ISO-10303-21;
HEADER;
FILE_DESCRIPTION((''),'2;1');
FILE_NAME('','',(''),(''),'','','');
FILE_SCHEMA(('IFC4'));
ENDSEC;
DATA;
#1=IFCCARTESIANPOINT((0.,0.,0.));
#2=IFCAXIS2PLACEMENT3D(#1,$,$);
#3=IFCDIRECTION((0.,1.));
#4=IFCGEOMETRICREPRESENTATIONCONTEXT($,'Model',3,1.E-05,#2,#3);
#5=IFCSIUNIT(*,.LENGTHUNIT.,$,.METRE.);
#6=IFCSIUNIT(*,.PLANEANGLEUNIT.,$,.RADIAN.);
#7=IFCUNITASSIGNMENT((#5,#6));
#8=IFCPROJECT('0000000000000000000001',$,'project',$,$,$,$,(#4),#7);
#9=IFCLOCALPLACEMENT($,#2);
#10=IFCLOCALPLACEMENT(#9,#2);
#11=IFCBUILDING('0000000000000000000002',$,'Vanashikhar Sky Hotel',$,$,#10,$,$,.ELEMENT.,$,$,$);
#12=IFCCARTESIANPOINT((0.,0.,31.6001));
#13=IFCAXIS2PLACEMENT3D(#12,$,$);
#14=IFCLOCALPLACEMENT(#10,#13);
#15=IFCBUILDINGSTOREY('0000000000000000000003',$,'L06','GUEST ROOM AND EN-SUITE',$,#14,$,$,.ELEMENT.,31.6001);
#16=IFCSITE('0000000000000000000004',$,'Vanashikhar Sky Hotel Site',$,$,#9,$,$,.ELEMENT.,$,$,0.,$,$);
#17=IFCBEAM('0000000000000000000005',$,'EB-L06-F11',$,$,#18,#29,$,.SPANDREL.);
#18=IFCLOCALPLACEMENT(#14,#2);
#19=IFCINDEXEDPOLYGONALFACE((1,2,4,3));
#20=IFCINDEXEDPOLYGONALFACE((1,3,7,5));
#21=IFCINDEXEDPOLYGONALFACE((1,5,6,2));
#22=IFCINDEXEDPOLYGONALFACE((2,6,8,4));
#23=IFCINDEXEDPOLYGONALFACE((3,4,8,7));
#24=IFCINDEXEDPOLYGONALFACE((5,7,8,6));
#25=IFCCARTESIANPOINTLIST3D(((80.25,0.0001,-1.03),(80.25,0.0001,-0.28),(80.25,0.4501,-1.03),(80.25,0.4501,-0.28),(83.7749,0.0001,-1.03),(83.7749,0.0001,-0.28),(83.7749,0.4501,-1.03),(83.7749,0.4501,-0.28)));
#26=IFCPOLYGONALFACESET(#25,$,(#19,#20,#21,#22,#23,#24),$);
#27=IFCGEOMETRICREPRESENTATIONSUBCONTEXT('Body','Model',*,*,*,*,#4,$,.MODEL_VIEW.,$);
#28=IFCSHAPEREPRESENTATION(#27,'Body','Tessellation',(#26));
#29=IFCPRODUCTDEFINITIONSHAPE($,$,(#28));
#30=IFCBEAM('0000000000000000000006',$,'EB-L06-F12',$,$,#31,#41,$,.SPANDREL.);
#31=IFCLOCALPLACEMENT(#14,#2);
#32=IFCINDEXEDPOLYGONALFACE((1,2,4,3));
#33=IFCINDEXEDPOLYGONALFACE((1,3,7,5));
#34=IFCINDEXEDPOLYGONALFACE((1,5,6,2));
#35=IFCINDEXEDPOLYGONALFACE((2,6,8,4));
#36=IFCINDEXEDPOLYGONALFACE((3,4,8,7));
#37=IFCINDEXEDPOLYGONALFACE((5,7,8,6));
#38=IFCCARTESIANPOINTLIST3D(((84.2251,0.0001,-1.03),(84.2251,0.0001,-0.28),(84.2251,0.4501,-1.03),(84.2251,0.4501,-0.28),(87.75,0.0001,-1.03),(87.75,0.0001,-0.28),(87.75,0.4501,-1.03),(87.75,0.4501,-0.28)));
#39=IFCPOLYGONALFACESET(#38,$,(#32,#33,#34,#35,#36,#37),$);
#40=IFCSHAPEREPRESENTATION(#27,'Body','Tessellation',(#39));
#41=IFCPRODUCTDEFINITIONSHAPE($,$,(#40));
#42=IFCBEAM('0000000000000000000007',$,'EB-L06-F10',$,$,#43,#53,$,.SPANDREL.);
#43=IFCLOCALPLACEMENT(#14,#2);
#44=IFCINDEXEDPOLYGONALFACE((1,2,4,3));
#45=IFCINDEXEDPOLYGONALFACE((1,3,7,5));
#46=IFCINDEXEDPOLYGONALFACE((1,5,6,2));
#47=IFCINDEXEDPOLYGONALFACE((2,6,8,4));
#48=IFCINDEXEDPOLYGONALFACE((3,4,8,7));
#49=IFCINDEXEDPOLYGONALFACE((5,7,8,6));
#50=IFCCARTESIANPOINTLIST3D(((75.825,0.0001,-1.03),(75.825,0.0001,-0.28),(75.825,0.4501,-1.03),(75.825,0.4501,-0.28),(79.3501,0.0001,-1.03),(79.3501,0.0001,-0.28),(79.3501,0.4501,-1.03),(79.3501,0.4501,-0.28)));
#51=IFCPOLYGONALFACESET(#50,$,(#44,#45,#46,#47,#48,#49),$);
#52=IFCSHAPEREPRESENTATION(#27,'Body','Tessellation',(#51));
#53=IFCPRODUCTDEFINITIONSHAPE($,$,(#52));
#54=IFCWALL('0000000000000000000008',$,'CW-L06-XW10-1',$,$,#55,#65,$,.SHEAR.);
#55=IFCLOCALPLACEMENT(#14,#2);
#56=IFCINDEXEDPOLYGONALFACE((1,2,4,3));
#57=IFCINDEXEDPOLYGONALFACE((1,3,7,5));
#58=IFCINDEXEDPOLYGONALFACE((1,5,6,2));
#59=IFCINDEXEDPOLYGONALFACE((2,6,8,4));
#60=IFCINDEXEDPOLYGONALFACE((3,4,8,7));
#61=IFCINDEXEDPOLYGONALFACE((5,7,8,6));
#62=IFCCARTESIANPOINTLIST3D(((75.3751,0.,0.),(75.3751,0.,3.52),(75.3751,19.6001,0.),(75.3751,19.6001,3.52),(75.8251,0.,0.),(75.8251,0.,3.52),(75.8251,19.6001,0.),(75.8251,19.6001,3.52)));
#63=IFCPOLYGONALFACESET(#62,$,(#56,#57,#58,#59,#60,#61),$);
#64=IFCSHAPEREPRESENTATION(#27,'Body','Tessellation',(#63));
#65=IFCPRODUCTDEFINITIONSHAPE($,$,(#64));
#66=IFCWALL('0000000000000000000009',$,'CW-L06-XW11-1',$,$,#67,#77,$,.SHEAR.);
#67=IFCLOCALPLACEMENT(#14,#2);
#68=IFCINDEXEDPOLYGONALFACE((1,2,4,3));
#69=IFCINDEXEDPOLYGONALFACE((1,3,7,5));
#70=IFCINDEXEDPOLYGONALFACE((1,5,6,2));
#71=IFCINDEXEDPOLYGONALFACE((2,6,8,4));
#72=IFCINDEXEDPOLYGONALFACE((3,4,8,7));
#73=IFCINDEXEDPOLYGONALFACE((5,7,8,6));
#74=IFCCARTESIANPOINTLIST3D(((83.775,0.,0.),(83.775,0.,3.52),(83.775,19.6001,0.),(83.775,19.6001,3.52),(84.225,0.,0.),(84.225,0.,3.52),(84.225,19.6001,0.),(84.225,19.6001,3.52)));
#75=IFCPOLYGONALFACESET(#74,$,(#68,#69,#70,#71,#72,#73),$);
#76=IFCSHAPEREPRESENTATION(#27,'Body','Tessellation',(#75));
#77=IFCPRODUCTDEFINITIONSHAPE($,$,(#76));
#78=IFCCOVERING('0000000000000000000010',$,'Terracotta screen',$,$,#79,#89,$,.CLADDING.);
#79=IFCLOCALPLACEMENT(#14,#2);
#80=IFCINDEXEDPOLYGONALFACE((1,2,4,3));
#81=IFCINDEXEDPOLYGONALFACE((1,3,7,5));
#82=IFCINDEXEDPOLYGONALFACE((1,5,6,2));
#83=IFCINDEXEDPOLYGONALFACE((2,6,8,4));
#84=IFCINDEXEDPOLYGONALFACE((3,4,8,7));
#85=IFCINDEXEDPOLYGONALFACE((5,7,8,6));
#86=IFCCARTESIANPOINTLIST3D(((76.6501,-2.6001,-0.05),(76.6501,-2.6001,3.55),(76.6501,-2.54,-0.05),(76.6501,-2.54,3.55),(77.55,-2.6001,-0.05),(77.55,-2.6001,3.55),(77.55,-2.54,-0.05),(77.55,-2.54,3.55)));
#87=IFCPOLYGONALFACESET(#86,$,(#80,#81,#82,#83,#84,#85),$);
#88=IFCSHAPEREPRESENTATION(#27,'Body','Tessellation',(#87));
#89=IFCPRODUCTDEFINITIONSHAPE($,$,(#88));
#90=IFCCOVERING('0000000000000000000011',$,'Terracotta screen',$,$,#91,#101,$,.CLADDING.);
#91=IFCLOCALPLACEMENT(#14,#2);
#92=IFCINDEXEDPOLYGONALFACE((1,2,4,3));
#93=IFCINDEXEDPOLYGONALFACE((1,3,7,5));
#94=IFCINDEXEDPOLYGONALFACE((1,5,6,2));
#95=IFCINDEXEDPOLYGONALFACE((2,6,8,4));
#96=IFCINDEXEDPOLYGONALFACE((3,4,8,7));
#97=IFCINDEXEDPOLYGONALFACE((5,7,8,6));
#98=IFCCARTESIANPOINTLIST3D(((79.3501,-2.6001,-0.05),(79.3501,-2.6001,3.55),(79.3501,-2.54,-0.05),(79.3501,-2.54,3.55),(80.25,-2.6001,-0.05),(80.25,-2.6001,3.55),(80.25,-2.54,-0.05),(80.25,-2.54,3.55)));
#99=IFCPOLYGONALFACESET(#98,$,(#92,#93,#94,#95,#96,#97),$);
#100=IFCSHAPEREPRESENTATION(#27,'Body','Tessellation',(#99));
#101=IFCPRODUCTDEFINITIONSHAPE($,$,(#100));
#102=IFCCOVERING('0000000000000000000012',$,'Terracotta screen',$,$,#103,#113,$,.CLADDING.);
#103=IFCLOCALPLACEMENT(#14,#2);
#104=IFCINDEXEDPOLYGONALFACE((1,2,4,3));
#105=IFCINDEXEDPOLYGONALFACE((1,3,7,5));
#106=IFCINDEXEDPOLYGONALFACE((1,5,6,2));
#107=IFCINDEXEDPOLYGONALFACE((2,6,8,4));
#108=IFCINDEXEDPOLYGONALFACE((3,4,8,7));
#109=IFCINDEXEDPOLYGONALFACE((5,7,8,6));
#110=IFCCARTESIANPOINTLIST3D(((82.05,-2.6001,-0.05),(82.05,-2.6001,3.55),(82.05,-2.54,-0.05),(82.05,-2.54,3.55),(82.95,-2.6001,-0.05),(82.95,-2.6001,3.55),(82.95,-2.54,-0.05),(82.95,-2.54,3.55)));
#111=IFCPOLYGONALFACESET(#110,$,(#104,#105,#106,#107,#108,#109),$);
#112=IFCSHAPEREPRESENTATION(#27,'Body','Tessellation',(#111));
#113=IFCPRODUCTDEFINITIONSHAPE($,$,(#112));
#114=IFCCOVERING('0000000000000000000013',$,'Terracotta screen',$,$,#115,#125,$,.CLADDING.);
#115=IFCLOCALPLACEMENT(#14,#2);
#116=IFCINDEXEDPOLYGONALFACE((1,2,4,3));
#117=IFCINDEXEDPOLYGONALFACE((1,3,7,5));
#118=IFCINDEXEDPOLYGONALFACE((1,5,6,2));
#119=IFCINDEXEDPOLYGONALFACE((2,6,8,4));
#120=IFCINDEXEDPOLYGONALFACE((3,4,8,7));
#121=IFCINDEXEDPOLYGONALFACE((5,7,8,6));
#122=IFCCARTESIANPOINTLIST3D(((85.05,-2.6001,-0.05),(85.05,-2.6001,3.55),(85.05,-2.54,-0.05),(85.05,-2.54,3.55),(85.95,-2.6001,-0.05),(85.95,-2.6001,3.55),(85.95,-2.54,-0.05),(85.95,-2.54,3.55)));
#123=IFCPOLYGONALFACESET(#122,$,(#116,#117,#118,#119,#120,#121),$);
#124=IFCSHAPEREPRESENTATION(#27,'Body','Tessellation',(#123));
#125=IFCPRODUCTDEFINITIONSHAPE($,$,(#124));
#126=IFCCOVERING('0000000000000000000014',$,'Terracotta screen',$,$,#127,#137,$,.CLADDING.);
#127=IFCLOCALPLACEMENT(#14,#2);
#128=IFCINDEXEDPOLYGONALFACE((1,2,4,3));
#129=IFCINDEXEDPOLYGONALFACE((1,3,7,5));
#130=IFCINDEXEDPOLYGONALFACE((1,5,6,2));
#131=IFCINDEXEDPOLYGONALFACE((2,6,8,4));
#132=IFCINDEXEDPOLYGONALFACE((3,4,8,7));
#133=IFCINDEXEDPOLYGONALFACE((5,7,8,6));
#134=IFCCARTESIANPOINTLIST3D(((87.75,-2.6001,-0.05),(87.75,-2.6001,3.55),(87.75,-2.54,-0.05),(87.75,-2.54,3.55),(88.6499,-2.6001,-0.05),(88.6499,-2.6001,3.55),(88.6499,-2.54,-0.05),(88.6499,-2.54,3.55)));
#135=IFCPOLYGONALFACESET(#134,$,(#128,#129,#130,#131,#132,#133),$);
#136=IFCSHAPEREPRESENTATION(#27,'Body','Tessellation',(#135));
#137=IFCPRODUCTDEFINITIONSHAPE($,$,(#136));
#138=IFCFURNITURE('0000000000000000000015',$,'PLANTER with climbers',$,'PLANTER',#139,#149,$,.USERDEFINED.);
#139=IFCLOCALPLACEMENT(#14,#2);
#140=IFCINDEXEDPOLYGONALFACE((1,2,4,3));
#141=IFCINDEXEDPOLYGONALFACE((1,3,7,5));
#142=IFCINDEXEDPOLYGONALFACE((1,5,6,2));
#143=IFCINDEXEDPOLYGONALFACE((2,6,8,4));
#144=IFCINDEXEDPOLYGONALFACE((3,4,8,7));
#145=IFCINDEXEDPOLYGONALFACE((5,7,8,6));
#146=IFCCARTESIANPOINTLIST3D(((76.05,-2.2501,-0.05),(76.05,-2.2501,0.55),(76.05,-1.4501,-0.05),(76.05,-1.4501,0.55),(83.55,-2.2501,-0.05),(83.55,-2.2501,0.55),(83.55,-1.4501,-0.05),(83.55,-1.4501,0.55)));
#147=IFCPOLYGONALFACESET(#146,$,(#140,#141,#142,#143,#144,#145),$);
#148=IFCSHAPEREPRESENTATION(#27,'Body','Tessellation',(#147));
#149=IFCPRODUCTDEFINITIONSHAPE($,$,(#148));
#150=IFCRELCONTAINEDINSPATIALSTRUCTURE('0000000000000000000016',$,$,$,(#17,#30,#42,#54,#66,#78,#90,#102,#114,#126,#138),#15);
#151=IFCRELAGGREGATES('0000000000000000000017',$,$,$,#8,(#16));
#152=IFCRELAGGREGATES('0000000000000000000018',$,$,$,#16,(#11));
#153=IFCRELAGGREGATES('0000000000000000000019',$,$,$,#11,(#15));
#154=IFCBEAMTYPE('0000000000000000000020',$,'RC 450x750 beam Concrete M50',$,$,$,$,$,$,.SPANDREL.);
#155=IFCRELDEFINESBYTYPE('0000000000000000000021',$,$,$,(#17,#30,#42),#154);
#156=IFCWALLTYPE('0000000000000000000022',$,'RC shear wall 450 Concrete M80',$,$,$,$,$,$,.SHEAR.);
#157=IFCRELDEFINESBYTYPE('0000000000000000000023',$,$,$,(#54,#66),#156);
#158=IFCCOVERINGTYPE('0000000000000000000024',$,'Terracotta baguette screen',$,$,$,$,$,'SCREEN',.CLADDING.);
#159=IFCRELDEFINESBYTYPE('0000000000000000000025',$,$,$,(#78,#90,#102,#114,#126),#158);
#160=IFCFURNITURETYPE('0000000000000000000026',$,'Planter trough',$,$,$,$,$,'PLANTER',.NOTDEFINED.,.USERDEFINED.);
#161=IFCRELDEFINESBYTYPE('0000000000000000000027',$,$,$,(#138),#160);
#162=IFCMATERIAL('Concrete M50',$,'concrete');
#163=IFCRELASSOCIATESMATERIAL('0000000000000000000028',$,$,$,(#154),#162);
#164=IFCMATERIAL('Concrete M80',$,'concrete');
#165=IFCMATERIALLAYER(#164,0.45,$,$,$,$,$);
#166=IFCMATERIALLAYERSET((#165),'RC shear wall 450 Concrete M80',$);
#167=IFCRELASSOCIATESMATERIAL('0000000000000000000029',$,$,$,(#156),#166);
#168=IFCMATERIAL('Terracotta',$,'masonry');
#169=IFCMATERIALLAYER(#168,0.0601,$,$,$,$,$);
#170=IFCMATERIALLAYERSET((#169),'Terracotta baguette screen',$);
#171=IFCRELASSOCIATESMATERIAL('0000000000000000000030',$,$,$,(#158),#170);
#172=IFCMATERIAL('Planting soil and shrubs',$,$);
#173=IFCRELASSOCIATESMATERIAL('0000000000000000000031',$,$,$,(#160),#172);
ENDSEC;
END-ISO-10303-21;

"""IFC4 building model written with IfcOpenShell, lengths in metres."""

from ifc_helpers import new_model, si_unit, direction, frame, frame_2d, origin, origin_2d, place, context, subcontext, project, spatial, rectangle, extrude, source, transform, mapped, material, layer, layer_set, material_profile, profile_set, type_object, element, save


model = new_model("IFC4")

# Units and contexts
model_context = context("Model", 3, precision=1e-05, world=origin(), true_north=direction((0.0, 1.0)))
body_context = subcontext(model_context, "Body", "Model", "MODEL_VIEW")
ifc_project = project(units=[si_unit("LENGTHUNIT", "METRE"), si_unit("PLANEANGLEUNIT", "RADIAN")], contexts=[model_context])

# Site, building, storey
site_placement = place(None, origin())
site = spatial("IfcSite", under=ifc_project, at=site_placement, Name="Vanashikhar Sky Hotel Site", CompositionType="ELEMENT", RefElevation=0.0)
building_placement = place(site_placement, origin())
building = spatial("IfcBuilding", under=site, at=building_placement, Name="Vanashikhar Sky Hotel", CompositionType="ELEMENT")
storey_placement = place(building_placement, frame((0.0, 0.0, 31.6001)))
storey = spatial("IfcBuildingStorey", under=building, at=storey_placement, Name="L06", Description="GUEST ROOM AND EN-SUITE", CompositionType="ELEMENT", Elevation=31.6001)

# Beams
ifc_material_1 = material(Name="Concrete M50", Category="concrete")
ifc_material_profile = material_profile(ifc_material_1, rectangle(XDim=0.45, YDim=0.75, at=origin_2d()))
ifc_profile_set = profile_set([ifc_material_profile], Name="RC 450x750 beam Concrete M50")
beam_type = type_object("IfcBeamType", Name="RC 450x750 beam Concrete M50", PredefinedType="SPANDREL", material=ifc_profile_set)
shared_shape_1 = source(origin(), body_context, "Body", "SweptSolid", [
    extrude(rectangle(XDim=0.45, YDim=0.75, at=origin_2d()), origin(), (0.0, 0.0, 1.0), 3.5249),
])
for number, where, z_axis, x_axis, name in (
    (1, (80.25, 0.2251, -0.655), (1.0, 0.0, 0.0), (0.0, 1.0, 0.0), "EB-L06-F11"),
    (2, (84.2251, 0.2251, -0.655), (1.0, 0.0, 0.0), (0.0, 1.0, 0.0), "EB-L06-F12"),
):
    element("IfcBeam", number, at=place(storey_placement, frame(where, z_axis=z_axis, x_axis=x_axis)), inside=storey, type_object=beam_type, Name=name, PredefinedType="SPANDREL", context=body_context, shape_type="MappedRepresentation", body=[
        mapped(shared_shape_1, transform((0.0, 0.0, 0.0), scale=1.0)),
    ])
shared_shape_2 = source(origin(), body_context, "Body", "SweptSolid", [
    extrude(rectangle(XDim=0.45, YDim=0.75, at=origin_2d()), origin(), (0.0, 0.0, 1.0), 3.5251),
])
beam_placement = place(storey_placement, frame((75.825, 0.2251, -0.655), z_axis=(1.0, 0.0, 0.0), x_axis=(0.0, 1.0, 0.0)))
element("IfcBeam", 3, at=beam_placement, inside=storey, type_object=beam_type, Name="EB-L06-F10", PredefinedType="SPANDREL", context=body_context, shape_type="MappedRepresentation", body=[
    mapped(shared_shape_2, transform((0.0, 0.0, 0.0), scale=1.0)),
])

# Walls
ifc_material_2 = material(Name="Concrete M80", Category="concrete")
ifc_layer_1 = layer(ifc_material_2, 0.45)
ifc_layer_set_1 = layer_set([ifc_layer_1], Name="RC shear wall 450 Concrete M80")
wall_type_1 = type_object("IfcWallType", Name="RC shear wall 450 Concrete M80", PredefinedType="SHEAR", material=ifc_layer_set_1)
shared_shape_3 = source(origin(), body_context, "Body", "SweptSolid", [
    extrude(rectangle(XDim=19.6001, YDim=0.45, at=frame_2d((9.8, 0.0))), origin(), (0.0, 0.0, 1.0), 3.52),
])
for number, where, z_axis, x_axis, name in (
    (4, (75.6001, 0.0, 0.0), (0.0, 0.0, 1.0), (0.0, 1.0, 0.0), "CW-L06-XW10-1"),
    (5, (84.0, 0.0, 0.0), (0.0, 0.0, 1.0), (0.0, 1.0, 0.0), "CW-L06-XW11-1"),
):
    element("IfcWall", number, at=place(storey_placement, frame(where, z_axis=z_axis, x_axis=x_axis)), inside=storey, type_object=wall_type_1, Name=name, PredefinedType="SHEAR", context=body_context, shape_type="MappedRepresentation", body=[
        mapped(shared_shape_3, transform((0.0, 0.0, 0.0), scale=1.0)),
    ])

# Coverings
ifc_material_3 = material(Name="Terracotta", Category="masonry")
ifc_layer_2 = layer(ifc_material_3, 0.0601)
ifc_layer_set_2 = layer_set([ifc_layer_2], Name="Terracotta baguette screen")
covering_type = type_object("IfcCoveringType", Name="Terracotta baguette screen", ElementType="SCREEN", PredefinedType="CLADDING", material=ifc_layer_set_2)
shared_shape_4 = source(origin(), body_context, "Body", "SweptSolid", [
    extrude(rectangle(XDim=0.8999, YDim=0.0601, at=origin_2d()), origin(), (0.0, 0.0, 1.0), 3.6001),
])
for number, where, z_axis, x_axis, name in (
    (6, (77.1001, -2.5701, -0.05), (0.0, 0.0, 1.0), (1.0, 0.0, 0.0), "Terracotta screen"),
    (7, (79.8, -2.5701, -0.05), (0.0, 0.0, 1.0), (1.0, 0.0, 0.0), "Terracotta screen"),
    (8, (82.5, -2.5701, -0.05), (0.0, 0.0, 1.0), (1.0, 0.0, 0.0), "Terracotta screen"),
    (9, (85.5, -2.5701, -0.05), (0.0, 0.0, 1.0), (1.0, 0.0, 0.0), "Terracotta screen"),
    (10, (88.2, -2.5701, -0.05), (0.0, 0.0, 1.0), (1.0, 0.0, 0.0), "Terracotta screen"),
):
    element("IfcCovering", number, at=place(storey_placement, frame(where, z_axis=z_axis, x_axis=x_axis)), inside=storey, type_object=covering_type, Name=name, PredefinedType="CLADDING", context=body_context, shape_type="MappedRepresentation", body=[
        mapped(shared_shape_4, transform((0.0, 0.0, 0.0), scale=1.0)),
    ])

# Furniture
ifc_material_4 = material(Name="Planting soil and shrubs")
furniture_type = type_object("IfcFurnitureType", Name="Planter trough", ElementType="PLANTER", AssemblyPlace="NOTDEFINED", PredefinedType="USERDEFINED", material=ifc_material_4)
shared_shape_5 = source(origin(), body_context, "Body", "SweptSolid", [
    extrude(rectangle(XDim=7.5, YDim=0.8, at=origin_2d()), origin(), (0.0, 0.0, 1.0), 0.6001),
])
furniture_placement = place(storey_placement, frame((79.8, -1.8501, -0.05), z_axis=(0.0, 0.0, 1.0), x_axis=(1.0, 0.0, 0.0)))
element("IfcFurniture", 11, at=furniture_placement, inside=storey, type_object=furniture_type, Name="PLANTER with climbers", ObjectType="PLANTER", PredefinedType="USERDEFINED", context=body_context, shape_type="MappedRepresentation", body=[
    mapped(shared_shape_5, transform((0.0, 0.0, 0.0), scale=1.0)),
])

save(model, "model.ifc")
